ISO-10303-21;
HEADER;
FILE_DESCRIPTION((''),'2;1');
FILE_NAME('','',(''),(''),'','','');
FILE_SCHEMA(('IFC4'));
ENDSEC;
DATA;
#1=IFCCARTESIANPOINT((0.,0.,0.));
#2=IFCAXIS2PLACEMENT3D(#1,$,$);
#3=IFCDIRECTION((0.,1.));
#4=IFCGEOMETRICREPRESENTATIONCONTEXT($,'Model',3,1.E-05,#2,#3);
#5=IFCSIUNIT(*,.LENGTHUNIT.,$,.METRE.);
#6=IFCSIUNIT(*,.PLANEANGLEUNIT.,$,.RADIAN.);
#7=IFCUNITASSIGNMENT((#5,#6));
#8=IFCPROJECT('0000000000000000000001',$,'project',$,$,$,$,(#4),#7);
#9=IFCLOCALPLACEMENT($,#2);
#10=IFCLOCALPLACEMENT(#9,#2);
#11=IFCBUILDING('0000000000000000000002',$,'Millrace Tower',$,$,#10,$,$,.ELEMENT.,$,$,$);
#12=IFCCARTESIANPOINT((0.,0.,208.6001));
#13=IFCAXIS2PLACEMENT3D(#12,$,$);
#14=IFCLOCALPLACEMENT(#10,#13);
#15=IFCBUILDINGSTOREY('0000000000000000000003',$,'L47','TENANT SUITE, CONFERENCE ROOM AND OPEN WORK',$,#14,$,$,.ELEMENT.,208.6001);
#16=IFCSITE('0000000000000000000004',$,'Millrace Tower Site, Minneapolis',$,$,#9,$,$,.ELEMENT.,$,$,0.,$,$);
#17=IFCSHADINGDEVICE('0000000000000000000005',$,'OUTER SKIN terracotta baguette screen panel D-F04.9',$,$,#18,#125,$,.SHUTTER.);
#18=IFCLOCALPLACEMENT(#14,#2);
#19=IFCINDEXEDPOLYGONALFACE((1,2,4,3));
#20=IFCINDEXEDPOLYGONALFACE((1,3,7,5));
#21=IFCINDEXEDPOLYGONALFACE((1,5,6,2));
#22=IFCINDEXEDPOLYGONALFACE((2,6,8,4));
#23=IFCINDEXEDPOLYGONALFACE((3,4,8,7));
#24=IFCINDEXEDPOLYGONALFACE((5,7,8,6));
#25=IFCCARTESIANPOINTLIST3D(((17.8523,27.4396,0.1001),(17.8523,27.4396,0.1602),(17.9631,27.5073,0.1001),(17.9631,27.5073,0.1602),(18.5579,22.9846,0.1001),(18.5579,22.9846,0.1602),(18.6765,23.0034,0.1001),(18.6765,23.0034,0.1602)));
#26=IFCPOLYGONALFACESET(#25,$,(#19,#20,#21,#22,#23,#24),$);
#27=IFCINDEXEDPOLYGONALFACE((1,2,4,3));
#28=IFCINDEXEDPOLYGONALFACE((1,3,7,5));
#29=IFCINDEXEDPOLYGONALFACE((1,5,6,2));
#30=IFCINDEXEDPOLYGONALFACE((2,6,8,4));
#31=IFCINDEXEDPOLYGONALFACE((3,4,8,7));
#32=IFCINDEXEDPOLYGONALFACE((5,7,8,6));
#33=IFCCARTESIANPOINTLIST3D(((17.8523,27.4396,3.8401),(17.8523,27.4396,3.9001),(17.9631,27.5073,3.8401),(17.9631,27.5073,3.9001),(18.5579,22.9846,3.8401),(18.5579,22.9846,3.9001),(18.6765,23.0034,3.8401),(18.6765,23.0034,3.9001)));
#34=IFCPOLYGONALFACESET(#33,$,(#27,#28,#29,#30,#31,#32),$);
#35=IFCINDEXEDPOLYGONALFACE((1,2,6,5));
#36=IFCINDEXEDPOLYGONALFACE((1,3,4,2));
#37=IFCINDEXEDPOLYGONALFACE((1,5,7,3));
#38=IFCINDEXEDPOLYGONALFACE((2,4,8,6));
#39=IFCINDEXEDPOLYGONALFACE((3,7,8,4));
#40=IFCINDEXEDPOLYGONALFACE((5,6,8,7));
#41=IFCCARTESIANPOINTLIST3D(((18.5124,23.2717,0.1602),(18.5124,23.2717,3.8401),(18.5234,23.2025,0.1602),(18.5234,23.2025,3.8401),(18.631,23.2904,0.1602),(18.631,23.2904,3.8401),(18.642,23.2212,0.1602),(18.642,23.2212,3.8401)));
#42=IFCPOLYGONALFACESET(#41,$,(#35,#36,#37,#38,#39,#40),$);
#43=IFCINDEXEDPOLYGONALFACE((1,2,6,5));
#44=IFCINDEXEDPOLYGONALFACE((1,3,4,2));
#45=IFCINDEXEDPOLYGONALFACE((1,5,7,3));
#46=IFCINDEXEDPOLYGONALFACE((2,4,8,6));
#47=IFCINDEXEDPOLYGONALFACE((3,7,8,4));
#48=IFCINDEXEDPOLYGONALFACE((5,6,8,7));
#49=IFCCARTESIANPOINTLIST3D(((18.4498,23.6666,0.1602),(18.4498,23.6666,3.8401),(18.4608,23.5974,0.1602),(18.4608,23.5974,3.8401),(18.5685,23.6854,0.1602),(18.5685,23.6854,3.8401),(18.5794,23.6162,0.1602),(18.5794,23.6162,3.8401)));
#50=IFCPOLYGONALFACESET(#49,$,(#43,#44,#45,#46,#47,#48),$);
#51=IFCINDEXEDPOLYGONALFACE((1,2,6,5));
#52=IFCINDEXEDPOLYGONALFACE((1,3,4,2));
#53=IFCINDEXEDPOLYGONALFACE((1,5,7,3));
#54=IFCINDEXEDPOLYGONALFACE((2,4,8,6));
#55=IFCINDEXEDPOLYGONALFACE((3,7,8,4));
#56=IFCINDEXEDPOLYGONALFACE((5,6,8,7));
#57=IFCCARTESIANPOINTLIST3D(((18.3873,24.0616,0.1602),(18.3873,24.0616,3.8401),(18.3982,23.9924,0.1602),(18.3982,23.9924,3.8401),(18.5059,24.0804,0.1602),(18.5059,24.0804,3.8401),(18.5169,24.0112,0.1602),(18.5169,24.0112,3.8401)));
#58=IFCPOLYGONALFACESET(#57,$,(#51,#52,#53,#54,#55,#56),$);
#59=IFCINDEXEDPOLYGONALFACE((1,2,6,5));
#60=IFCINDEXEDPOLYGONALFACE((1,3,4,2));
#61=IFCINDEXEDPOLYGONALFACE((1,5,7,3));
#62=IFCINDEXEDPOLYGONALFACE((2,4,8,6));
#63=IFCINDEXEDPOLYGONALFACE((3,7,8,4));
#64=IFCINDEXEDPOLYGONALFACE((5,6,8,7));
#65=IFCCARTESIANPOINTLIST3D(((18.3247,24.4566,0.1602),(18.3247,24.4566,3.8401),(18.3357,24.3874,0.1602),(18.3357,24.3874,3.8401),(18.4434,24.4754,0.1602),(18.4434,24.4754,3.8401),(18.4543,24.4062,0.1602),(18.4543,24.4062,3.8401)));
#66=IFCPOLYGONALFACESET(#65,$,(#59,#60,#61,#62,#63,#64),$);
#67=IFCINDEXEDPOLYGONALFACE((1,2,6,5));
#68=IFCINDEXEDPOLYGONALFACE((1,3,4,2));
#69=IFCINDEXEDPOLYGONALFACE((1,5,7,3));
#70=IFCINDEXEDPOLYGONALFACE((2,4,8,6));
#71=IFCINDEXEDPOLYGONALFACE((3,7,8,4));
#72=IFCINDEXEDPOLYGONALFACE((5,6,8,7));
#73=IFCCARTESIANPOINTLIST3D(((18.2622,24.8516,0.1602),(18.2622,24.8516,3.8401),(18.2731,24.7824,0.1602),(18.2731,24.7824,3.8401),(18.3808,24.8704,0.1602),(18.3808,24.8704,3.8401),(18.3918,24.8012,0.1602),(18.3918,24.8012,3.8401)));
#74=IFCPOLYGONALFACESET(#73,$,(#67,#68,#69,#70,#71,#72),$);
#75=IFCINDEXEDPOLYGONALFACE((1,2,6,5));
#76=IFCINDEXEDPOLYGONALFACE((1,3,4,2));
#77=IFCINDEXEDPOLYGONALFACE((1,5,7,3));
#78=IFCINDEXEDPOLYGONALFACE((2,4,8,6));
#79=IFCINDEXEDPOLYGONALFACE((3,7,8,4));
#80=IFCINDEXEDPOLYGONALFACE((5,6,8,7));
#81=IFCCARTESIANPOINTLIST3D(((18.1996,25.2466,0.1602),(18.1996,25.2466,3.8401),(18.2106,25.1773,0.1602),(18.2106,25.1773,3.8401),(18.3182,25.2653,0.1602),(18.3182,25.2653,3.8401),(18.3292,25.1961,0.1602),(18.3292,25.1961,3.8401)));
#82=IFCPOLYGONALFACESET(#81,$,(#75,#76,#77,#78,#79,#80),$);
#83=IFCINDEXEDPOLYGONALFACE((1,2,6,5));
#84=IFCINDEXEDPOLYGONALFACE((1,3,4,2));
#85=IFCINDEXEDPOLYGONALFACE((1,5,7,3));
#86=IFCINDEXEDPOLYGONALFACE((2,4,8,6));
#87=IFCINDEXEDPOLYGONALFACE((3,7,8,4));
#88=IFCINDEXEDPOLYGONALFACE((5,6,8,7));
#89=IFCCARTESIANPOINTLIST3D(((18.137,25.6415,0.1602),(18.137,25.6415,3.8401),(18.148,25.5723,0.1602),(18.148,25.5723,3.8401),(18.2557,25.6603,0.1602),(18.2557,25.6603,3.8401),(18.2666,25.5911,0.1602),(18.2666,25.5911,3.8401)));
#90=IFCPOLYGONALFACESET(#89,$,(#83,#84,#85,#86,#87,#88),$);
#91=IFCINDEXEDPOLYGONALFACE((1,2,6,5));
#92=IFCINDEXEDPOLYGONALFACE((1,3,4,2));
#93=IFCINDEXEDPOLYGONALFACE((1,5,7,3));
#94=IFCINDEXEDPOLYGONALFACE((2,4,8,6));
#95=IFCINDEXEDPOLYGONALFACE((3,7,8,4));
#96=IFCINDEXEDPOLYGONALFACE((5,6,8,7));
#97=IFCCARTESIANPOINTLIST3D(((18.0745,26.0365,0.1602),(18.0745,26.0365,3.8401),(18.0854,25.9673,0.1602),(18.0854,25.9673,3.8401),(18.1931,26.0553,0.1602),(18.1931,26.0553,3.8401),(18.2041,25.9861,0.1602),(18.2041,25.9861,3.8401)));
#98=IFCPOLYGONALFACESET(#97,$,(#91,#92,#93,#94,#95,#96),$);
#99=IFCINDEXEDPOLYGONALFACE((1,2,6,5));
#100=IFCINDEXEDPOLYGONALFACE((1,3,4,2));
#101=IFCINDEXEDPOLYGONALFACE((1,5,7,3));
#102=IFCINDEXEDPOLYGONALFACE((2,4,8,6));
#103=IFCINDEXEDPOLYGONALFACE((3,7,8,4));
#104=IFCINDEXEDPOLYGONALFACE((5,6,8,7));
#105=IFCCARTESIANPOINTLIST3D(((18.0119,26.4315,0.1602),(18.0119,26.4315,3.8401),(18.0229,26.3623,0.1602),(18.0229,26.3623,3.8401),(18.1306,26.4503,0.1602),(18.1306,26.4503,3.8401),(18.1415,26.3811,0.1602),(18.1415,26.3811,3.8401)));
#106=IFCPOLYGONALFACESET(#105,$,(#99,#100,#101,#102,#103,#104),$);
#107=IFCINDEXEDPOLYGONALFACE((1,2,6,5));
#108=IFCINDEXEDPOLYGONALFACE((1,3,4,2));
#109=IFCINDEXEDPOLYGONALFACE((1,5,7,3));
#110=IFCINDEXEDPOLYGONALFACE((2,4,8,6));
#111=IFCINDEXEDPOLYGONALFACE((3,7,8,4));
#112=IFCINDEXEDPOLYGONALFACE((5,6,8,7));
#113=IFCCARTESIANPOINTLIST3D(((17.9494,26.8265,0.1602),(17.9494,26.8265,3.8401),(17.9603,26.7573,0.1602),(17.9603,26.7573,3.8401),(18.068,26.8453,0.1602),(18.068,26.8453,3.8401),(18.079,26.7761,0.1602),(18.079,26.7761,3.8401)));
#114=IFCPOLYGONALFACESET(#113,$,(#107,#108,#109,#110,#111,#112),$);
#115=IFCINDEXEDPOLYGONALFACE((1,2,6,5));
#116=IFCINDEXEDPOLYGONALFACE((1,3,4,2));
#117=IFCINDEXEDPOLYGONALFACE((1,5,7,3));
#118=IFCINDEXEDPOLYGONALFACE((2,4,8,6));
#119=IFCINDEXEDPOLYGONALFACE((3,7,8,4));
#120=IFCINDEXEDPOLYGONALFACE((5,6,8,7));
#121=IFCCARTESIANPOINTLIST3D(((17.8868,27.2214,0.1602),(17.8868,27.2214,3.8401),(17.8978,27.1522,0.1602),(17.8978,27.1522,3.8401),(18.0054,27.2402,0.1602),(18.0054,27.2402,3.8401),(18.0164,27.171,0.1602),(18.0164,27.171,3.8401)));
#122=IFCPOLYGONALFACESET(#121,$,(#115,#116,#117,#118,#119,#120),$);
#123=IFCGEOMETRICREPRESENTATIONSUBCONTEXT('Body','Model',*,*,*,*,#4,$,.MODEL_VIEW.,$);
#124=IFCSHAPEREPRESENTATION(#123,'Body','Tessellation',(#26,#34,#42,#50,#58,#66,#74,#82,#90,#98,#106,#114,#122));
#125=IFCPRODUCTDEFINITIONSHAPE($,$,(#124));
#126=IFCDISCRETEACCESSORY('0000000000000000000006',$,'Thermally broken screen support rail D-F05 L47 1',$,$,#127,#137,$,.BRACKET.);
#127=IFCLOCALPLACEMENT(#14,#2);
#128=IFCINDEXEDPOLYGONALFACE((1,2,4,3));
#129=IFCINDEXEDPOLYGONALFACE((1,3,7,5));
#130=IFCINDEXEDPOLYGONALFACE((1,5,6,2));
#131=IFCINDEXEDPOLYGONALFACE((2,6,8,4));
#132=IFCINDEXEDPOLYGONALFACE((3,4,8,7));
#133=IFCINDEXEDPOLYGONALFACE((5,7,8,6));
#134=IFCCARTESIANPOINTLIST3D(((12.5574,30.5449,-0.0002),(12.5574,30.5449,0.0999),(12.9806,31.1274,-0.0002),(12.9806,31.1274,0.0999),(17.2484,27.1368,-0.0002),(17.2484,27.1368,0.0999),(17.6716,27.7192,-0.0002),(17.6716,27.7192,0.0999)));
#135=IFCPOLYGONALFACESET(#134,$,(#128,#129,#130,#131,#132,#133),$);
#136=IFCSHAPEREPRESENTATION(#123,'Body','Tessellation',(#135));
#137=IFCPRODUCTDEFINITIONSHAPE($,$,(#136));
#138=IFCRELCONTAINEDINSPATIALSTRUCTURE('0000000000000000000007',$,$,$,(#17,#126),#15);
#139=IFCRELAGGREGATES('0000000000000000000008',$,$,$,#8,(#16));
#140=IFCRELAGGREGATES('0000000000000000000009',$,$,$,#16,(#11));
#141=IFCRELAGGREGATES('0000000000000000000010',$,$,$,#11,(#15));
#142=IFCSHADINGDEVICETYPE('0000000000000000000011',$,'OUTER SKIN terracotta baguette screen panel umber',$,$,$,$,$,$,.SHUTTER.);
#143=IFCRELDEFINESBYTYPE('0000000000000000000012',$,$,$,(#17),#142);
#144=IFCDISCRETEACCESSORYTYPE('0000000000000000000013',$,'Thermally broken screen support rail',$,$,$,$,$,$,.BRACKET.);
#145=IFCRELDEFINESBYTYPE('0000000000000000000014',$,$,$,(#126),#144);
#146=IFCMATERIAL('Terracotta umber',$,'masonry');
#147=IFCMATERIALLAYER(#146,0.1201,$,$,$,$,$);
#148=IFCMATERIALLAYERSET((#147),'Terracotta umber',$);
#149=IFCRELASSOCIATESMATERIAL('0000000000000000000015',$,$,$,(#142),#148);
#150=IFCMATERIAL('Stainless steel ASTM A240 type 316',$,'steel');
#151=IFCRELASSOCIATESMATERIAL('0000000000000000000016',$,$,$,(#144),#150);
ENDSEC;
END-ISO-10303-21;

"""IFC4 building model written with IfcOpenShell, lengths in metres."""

from ifc_helpers import new_model, entity, si_unit, direction, frame, frame_2d, origin, origin_2d, place, context, subcontext, project, spatial, rectangle, extrude, source, transform, mapped, material, layer, layer_set, type_object, element, save


model = new_model("IFC4")

# Units and contexts
model_context = context("Model", 3, precision=1e-05, world=origin(), true_north=direction((0.0, 1.0)))
body_context = subcontext(model_context, "Body", "Model", "MODEL_VIEW")
ifc_project = project(units=[si_unit("LENGTHUNIT", "METRE"), si_unit("PLANEANGLEUNIT", "RADIAN")], contexts=[model_context])

# Site, building, storey
site_placement = place(None, origin())
site = spatial("IfcSite", under=ifc_project, at=site_placement, Name="Millrace Tower Site, Minneapolis", CompositionType="ELEMENT", RefElevation=0.0)
building_placement = place(site_placement, origin())
building = spatial("IfcBuilding", under=site, at=building_placement, Name="Millrace Tower", CompositionType="ELEMENT")
storey_placement = place(building_placement, frame((0.0, 0.0, 208.6001)))
storey = spatial("IfcBuildingStorey", under=building, at=storey_placement, Name="L47", Description="TENANT SUITE, CONFERENCE ROOM AND OPEN WORK", CompositionType="ELEMENT", Elevation=208.6001)

# Shading device
ifc_material_1 = material(Name="Terracotta umber", Category="masonry")
ifc_layer_1 = layer(ifc_material_1, 0.1201)
ifc_layer_set_1 = layer_set([ifc_layer_1], Name="Terracotta umber")
shading_device_type = type_object("IfcShadingDeviceType", Name="OUTER SKIN terracotta baguette screen panel umber", PredefinedType="SHUTTER", material=ifc_layer_set_1)
cartesian_point_1 = entity("IfcCartesianPoint", [-2.2676, 0.0601])
shared_polyline_1 = entity("IfcPolyline", [cartesian_point_1, entity("IfcCartesianPoint", [2.2429, 0.0601]), entity("IfcCartesianPoint", [2.2925, -0.0601]), entity("IfcCartesianPoint", [-2.2676, -0.0601]), cartesian_point_1])
shared_shape_1 = source(origin(), body_context, "Body", "SweptSolid", [
    entity("IfcExtrudedAreaSolid", entity("IfcArbitraryClosedProfileDef", "AREA", None, shared_polyline_1), entity("IfcAxis2Placement3D", entity("IfcCartesianPoint", [0.0, 0.0, 0.0])), entity("IfcDirection", [0.0, 0.0, 1.0]), 0.0601),
    entity("IfcExtrudedAreaSolid", entity("IfcArbitraryClosedProfileDef", "AREA", None, shared_polyline_1), entity("IfcAxis2Placement3D", entity("IfcCartesianPoint", [0.0, 0.0, 3.74])), entity("IfcDirection", [0.0, 0.0, 1.0]), 0.0601),
    extrude(rectangle(XDim=0.0701, YDim=0.1201, at=frame_2d((-2.012, 0.0))), frame((0.0, 0.0, 0.0601)), (0.0, 0.0, 1.0), 3.6799),
    extrude(rectangle(XDim=0.0701, YDim=0.1201, at=frame_2d((-1.6121, 0.0))), frame((0.0, 0.0, 0.0601)), (0.0, 0.0, 1.0), 3.6799),
    extrude(rectangle(XDim=0.0701, YDim=0.1201, at=frame_2d((-1.2122, 0.0))), frame((0.0, 0.0, 0.0601)), (0.0, 0.0, 1.0), 3.6799),
    extrude(rectangle(XDim=0.0701, YDim=0.1201, at=frame_2d((-0.8123, 0.0))), frame((0.0, 0.0, 0.0601)), (0.0, 0.0, 1.0), 3.6799),
    extrude(rectangle(XDim=0.0701, YDim=0.1201, at=frame_2d((-0.4124, 0.0))), frame((0.0, 0.0, 0.0601)), (0.0, 0.0, 1.0), 3.6799),
    extrude(rectangle(XDim=0.0701, YDim=0.1201, at=frame_2d((-0.0125, 0.0))), frame((0.0, 0.0, 0.0601)), (0.0, 0.0, 1.0), 3.6799),
    extrude(rectangle(XDim=0.0701, YDim=0.1201, at=frame_2d((0.3875, 0.0))), frame((0.0, 0.0, 0.0601)), (0.0, 0.0, 1.0), 3.6799),
    extrude(rectangle(XDim=0.0701, YDim=0.1201, at=frame_2d((0.7874, 0.0))), frame((0.0, 0.0, 0.0601)), (0.0, 0.0, 1.0), 3.6799),
    extrude(rectangle(XDim=0.0701, YDim=0.1201, at=frame_2d((1.1873, 0.0))), frame((0.0, 0.0, 0.0601)), (0.0, 0.0, 1.0), 3.6799),
    extrude(rectangle(XDim=0.0701, YDim=0.1201, at=frame_2d((1.5872, 0.0))), frame((0.0, 0.0, 0.0601)), (0.0, 0.0, 1.0), 3.6799),
    extrude(rectangle(XDim=0.0701, YDim=0.1201, at=frame_2d((1.9871, 0.0))), frame((0.0, 0.0, 0.0601)), (0.0, 0.0, 1.0), 3.6799),
])
shading_device_1_placement = place(storey_placement, frame((18.2625, 25.2336, 0.1001), z_axis=(0.0, 0.0, 1.0), x_axis=(-0.156434, 0.987688, 0.0)))
element("IfcShadingDevice", 1, at=shading_device_1_placement, inside=storey, type_object=shading_device_type, Name="OUTER SKIN terracotta baguette screen panel D-F04.9", PredefinedType="SHUTTER", context=body_context, shape_type="MappedRepresentation", body=[
    mapped(shared_shape_1, transform((0.0, 0.0, 0.0), scale=1.0)),
])

# Discrete accessory
ifc_material_2 = material(Name="Stainless steel ASTM A240 type 316", Category="steel")
discrete_accessory_type = type_object("IfcDiscreteAccessoryType", Name="Thermally broken screen support rail", PredefinedType="BRACKET", material=ifc_material_2)
discrete_accessory_placement = place(storey_placement, frame((15.1145, 29.1321, -0.0002), z_axis=(0.0, 0.0, 1.0), x_axis=(-0.809017, 0.587785, 0.0)))
element("IfcDiscreteAccessory", 2, at=discrete_accessory_placement, inside=storey, type_object=discrete_accessory_type, Name="Thermally broken screen support rail D-F05 L47 1", PredefinedType="BRACKET", context=body_context, shape_type="SweptSolid", body=[
    extrude(rectangle(XDim=5.7983, YDim=0.72, at=origin_2d()), origin(), (0.0, 0.0, 1.0), 0.1001),
])

save(model, "model.ifc")
